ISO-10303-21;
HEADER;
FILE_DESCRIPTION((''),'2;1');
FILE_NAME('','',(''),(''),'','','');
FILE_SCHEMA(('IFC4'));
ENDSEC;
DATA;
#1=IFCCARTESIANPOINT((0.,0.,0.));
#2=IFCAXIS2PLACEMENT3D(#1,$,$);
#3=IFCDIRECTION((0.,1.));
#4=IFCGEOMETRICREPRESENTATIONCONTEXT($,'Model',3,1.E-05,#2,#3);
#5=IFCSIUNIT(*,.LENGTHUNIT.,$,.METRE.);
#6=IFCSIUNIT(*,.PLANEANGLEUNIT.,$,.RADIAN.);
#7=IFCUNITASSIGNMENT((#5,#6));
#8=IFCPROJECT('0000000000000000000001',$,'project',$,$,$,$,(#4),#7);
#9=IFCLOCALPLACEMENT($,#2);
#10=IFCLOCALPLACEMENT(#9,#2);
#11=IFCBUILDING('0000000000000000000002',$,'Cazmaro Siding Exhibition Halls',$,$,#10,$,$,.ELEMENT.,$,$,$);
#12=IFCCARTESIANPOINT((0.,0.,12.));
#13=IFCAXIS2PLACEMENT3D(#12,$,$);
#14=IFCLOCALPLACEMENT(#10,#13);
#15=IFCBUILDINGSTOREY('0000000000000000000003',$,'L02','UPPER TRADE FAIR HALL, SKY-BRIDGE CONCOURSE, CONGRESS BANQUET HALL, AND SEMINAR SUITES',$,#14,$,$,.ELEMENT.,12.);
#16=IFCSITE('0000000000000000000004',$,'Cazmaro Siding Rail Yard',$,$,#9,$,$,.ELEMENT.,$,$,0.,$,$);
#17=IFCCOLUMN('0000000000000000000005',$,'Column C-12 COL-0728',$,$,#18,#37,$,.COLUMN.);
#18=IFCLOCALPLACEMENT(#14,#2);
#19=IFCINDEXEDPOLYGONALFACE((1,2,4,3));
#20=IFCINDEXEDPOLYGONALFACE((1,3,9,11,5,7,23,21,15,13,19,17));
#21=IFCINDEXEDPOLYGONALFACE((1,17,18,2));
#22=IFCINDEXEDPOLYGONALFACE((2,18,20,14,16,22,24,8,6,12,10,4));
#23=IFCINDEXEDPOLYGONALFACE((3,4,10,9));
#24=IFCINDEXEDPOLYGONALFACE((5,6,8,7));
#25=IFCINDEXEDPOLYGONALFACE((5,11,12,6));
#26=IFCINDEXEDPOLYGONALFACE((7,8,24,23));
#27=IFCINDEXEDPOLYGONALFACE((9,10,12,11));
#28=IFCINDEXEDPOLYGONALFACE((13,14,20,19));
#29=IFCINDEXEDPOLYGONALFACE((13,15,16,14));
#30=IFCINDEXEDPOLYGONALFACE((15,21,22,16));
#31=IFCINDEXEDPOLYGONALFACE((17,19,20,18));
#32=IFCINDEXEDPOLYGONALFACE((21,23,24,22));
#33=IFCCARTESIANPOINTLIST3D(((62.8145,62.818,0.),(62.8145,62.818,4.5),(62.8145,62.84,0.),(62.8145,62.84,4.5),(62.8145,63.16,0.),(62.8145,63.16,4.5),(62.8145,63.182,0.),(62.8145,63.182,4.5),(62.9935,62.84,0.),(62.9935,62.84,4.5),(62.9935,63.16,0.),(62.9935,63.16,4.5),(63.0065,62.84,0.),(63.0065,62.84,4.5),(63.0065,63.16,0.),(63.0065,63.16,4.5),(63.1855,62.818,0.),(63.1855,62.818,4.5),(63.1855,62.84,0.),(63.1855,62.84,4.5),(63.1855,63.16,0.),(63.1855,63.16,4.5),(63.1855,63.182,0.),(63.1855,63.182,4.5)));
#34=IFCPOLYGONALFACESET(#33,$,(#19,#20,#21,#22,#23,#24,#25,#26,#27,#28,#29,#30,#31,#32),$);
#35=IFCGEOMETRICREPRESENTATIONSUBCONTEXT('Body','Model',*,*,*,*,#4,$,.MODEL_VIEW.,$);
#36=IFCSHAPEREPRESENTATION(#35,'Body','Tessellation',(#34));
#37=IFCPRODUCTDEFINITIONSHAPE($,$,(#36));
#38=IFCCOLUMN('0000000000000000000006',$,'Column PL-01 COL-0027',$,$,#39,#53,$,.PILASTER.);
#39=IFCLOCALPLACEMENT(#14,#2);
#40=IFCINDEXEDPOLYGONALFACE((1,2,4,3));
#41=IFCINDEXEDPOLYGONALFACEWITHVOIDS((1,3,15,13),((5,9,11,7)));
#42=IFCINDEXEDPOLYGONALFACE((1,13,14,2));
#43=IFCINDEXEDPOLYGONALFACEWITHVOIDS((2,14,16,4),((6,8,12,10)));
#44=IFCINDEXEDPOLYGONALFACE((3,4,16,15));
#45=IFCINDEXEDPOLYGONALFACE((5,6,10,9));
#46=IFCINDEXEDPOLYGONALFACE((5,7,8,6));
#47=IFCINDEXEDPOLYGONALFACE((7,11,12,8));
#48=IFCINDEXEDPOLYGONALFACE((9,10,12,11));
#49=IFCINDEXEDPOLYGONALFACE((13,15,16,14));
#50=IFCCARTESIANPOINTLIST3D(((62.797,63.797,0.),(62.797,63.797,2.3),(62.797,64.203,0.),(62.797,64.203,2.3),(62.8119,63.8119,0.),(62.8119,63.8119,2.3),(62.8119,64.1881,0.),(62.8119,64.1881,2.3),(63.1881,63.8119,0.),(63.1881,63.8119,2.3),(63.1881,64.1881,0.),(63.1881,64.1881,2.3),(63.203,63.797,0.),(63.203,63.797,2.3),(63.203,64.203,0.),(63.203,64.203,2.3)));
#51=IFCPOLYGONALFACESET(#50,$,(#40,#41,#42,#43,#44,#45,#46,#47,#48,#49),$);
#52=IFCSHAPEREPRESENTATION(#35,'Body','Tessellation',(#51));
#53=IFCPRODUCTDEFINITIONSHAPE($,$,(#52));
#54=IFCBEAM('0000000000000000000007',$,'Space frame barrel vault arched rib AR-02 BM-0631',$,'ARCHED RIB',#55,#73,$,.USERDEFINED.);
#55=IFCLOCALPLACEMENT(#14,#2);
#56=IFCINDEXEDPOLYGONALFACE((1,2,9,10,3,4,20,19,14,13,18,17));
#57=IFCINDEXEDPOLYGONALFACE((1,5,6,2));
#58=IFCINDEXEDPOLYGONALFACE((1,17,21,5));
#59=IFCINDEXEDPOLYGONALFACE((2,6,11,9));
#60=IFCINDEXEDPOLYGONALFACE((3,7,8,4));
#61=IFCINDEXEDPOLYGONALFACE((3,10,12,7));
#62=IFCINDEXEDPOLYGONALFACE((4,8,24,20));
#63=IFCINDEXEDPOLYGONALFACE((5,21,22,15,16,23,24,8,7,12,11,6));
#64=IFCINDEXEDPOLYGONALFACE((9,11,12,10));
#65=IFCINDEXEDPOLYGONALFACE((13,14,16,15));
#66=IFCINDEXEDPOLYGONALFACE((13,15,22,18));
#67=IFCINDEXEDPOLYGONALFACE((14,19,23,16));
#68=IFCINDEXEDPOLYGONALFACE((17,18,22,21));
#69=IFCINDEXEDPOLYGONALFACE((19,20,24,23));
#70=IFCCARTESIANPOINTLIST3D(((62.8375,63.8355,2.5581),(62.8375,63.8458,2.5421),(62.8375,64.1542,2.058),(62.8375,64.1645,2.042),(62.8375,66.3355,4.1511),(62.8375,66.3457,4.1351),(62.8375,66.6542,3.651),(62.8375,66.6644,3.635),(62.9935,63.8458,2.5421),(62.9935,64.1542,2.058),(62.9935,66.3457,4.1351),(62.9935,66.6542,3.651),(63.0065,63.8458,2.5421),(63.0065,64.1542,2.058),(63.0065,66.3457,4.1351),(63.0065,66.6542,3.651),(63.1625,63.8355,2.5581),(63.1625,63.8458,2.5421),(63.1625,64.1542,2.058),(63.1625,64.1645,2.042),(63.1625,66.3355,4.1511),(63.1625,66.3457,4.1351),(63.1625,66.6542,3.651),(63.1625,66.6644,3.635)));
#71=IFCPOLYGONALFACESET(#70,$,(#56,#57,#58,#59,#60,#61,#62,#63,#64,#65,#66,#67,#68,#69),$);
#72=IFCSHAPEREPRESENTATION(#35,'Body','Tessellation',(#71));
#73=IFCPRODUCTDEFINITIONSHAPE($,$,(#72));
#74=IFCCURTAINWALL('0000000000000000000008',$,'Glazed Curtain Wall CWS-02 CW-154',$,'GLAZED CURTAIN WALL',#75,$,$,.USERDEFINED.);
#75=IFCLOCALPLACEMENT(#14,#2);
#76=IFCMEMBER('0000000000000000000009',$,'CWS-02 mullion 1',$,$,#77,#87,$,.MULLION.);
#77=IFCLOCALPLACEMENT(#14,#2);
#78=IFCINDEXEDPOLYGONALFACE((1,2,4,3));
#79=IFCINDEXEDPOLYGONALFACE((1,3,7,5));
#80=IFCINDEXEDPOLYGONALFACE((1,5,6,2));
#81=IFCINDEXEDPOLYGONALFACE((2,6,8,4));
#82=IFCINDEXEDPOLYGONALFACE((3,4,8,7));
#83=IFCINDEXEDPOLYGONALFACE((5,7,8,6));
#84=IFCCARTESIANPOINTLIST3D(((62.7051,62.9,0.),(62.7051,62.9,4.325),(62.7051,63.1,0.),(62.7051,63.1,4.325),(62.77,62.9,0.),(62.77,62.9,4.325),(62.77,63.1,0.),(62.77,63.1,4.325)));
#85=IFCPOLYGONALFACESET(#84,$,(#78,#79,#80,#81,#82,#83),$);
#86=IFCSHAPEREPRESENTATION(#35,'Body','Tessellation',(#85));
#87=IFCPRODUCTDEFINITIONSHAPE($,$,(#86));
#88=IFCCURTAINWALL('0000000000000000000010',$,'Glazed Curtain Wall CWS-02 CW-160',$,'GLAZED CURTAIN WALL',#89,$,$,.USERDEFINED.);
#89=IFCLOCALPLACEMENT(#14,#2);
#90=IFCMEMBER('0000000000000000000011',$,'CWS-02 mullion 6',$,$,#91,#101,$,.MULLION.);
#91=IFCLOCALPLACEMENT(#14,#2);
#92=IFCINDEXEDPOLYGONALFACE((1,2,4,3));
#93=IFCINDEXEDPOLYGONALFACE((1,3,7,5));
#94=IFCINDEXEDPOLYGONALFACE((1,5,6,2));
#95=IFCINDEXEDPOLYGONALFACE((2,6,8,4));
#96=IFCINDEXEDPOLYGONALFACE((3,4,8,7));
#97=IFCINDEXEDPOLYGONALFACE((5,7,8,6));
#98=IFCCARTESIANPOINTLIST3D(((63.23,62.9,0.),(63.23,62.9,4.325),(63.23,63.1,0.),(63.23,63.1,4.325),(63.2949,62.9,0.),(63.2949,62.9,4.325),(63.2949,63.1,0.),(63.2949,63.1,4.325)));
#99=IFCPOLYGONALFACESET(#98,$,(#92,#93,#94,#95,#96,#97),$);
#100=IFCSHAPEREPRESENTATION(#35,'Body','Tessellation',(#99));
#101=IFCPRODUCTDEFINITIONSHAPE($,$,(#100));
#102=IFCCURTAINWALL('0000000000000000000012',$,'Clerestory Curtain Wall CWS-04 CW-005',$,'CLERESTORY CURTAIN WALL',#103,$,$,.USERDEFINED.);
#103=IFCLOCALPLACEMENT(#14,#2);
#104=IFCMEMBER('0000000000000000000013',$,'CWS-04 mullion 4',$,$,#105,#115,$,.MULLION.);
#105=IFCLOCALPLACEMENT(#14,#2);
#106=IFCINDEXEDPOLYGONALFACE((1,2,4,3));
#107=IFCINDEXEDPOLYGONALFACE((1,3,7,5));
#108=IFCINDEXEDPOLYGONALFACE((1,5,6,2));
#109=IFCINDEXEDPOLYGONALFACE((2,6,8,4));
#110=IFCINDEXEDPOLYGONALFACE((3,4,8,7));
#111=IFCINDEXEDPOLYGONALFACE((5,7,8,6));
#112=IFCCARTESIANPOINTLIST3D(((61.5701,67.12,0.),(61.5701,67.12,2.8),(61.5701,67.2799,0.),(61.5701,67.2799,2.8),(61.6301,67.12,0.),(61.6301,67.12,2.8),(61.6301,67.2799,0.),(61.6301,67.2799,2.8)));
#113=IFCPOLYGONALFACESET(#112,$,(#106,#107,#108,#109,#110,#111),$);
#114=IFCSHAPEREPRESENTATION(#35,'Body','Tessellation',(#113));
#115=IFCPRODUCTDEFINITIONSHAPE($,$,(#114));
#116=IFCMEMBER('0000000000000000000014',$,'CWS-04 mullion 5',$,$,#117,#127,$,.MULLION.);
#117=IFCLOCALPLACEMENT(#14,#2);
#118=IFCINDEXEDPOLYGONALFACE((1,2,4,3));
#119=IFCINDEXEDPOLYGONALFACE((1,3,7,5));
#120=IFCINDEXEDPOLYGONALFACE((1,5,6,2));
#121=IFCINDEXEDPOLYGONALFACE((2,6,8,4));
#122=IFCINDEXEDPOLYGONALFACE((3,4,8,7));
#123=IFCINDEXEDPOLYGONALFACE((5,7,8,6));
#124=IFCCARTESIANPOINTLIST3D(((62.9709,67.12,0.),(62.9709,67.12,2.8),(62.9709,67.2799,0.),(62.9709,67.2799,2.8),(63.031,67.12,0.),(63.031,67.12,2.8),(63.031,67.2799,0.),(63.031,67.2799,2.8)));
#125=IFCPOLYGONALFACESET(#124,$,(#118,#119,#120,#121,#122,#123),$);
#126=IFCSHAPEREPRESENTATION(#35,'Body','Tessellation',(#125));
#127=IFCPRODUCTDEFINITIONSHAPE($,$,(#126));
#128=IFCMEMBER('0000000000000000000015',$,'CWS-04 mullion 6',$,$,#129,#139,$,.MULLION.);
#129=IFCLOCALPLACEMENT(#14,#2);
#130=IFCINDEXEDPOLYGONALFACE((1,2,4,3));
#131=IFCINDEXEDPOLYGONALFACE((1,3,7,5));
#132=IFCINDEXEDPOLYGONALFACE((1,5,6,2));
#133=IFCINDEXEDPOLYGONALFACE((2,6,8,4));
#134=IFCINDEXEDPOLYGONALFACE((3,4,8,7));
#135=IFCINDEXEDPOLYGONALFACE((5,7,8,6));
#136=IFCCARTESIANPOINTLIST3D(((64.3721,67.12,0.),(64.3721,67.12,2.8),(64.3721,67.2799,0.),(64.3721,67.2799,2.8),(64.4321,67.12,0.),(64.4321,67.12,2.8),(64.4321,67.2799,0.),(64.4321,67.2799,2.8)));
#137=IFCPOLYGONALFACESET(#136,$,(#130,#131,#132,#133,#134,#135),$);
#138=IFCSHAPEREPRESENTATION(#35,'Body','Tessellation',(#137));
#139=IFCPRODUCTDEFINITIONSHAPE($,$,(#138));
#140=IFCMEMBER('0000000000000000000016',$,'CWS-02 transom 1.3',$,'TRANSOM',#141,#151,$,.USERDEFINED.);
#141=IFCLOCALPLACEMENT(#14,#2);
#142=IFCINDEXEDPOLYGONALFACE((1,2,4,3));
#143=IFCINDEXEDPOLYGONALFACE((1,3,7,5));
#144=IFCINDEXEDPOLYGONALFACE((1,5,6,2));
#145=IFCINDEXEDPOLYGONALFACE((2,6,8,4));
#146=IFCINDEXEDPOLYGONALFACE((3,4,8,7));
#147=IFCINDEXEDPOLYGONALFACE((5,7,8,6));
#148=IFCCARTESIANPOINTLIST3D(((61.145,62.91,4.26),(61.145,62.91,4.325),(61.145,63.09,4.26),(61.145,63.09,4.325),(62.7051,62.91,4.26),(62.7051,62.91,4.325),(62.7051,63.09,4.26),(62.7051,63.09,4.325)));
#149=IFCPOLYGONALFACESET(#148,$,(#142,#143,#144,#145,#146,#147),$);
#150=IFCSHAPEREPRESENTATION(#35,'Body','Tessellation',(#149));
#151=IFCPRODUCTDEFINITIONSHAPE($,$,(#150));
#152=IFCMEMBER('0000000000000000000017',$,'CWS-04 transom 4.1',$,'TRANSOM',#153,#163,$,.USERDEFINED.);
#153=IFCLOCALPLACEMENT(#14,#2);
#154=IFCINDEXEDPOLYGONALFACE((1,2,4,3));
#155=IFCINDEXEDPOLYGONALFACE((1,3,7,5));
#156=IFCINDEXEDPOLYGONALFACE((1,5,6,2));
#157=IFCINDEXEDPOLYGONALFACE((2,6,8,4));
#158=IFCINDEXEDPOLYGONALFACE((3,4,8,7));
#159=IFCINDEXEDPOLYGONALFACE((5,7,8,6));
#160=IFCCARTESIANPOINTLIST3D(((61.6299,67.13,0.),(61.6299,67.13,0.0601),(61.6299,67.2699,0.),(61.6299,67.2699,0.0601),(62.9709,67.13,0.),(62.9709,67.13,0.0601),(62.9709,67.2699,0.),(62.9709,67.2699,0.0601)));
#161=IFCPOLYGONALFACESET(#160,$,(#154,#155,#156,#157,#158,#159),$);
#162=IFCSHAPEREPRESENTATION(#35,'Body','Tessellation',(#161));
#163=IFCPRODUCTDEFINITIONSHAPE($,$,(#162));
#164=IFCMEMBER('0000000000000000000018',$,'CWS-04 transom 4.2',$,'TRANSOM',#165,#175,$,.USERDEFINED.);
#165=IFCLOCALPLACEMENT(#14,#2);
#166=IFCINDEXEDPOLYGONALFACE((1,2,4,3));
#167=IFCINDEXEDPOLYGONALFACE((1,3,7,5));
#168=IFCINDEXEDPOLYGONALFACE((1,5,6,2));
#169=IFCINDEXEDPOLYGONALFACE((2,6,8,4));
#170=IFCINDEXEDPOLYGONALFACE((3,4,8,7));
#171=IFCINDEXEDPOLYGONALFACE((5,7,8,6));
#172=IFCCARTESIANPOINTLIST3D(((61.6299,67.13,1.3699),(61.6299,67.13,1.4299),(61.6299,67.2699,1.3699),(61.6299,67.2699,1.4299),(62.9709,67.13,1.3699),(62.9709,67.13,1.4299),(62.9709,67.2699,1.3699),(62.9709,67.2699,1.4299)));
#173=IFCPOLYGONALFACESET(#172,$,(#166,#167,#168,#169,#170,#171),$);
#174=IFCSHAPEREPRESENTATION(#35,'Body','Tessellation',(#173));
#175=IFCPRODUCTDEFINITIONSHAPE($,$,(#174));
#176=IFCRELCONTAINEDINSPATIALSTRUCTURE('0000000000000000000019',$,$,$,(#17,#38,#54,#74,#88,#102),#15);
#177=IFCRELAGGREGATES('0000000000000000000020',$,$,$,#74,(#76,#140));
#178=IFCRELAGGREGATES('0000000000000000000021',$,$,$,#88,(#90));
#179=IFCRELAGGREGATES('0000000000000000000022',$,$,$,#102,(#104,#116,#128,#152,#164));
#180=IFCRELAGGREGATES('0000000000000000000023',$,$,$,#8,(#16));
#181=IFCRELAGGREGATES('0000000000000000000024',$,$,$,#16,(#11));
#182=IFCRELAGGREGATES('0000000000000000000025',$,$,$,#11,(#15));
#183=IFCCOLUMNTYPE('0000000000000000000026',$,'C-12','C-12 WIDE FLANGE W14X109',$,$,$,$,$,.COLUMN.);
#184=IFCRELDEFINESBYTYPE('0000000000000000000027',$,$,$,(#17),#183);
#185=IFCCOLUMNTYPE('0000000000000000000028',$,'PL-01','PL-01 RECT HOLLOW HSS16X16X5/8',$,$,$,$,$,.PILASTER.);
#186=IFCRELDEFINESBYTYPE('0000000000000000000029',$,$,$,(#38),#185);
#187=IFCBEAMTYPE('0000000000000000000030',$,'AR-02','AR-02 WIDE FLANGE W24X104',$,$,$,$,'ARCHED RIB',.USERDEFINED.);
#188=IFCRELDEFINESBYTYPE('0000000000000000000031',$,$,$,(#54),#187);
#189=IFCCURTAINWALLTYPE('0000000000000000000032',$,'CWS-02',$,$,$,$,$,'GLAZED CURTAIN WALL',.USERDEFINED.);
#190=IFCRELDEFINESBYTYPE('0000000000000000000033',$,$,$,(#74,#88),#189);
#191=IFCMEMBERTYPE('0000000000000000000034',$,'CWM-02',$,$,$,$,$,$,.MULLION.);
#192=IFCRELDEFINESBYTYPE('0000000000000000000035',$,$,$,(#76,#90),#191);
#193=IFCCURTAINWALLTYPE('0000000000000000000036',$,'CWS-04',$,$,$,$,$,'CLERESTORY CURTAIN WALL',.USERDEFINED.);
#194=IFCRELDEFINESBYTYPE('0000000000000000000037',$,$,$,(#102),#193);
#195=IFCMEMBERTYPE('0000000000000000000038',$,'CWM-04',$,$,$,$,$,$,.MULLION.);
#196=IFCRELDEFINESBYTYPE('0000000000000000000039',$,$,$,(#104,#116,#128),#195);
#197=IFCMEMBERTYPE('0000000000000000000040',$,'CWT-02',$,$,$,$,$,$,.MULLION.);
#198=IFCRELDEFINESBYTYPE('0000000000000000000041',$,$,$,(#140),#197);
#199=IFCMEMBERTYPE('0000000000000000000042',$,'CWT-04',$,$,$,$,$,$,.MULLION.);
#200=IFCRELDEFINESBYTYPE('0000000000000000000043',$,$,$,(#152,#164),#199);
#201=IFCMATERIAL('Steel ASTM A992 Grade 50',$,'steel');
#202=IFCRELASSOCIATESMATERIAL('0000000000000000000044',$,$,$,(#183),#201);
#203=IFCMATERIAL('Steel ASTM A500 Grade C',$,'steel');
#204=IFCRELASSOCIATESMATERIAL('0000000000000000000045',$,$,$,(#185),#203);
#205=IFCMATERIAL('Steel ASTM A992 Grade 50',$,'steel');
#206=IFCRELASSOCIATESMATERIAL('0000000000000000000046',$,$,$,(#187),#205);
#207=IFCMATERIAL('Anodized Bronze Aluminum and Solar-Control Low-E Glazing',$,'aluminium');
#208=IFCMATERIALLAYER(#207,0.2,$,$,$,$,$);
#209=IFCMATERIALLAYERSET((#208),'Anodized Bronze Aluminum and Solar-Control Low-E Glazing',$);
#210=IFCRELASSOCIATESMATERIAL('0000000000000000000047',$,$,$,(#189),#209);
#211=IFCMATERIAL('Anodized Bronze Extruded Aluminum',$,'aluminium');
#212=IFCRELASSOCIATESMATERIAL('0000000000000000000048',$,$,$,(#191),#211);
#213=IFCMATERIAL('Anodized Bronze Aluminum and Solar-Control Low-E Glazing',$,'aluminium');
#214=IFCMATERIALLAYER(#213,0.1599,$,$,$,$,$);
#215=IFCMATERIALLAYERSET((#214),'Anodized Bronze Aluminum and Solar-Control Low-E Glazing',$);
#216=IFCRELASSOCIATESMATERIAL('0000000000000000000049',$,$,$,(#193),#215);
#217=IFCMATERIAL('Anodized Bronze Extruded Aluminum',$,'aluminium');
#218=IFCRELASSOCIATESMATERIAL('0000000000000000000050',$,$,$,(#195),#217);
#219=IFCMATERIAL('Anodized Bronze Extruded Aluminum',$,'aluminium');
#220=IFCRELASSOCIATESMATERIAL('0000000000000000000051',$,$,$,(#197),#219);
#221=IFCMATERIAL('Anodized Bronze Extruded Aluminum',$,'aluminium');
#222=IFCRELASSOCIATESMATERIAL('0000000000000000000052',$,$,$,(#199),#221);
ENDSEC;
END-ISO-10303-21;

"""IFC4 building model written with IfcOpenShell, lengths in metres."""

from ifc_helpers import new_model, si_unit, direction, frame, origin, origin_2d, place, context, subcontext, project, spatial, rectangle, hollow_rectangle, i_section, extrude, material, layer, layer_set, material_profile, profile_set, type_object, element, aggregate, save


model = new_model("IFC4")

# Units and contexts
model_context = context("Model", 3, precision=1e-05, world=origin(), true_north=direction((0.0, 1.0)))
body_context = subcontext(model_context, "Body", "Model", "MODEL_VIEW")
ifc_project = project(units=[si_unit("LENGTHUNIT", "METRE"), si_unit("PLANEANGLEUNIT", "RADIAN")], contexts=[model_context])

# Site, building, storey
site_placement = place(None, origin())
site = spatial("IfcSite", under=ifc_project, at=site_placement, Name="Cazmaro Siding Rail Yard", CompositionType="ELEMENT", RefElevation=0.0)
building_placement = place(site_placement, origin())
building = spatial("IfcBuilding", under=site, at=building_placement, Name="Cazmaro Siding Exhibition Halls", CompositionType="ELEMENT")
storey_placement = place(building_placement, frame((0.0, 0.0, 12.0)))
storey = spatial("IfcBuildingStorey", under=building, at=storey_placement, Name="L02", Description="UPPER TRADE FAIR HALL, SKY-BRIDGE CONCOURSE, CONGRESS BANQUET HALL, AND SEMINAR SUITES", CompositionType="ELEMENT", Elevation=12.0)

# Columns
ifc_material_1 = material(Name="Steel ASTM A992 Grade 50", Category="steel")
ifc_material_profile_1 = material_profile(ifc_material_1, i_section(OverallWidth=0.3711, OverallDepth=0.364, WebThickness=0.0129, FlangeThickness=0.022, at=origin_2d()), Name="W14X109")
ifc_profile_set_1 = profile_set([ifc_material_profile_1], Name="Steel ASTM A992 Grade 50")
column_type_1 = type_object("IfcColumnType", Name="C-12", Description="C-12 WIDE FLANGE W14X109", PredefinedType="COLUMN", material=ifc_profile_set_1)
column_1_placement = place(storey_placement, frame((63.0, 63.0, 0.0), z_axis=(0.0, 0.0, 1.0), x_axis=(1.0, 0.0, 0.0)))
element("IfcColumn", 1, at=column_1_placement, inside=storey, type_object=column_type_1, Name="Column C-12 COL-0728", PredefinedType="COLUMN", context=body_context, shape_type="SweptSolid", body=[
    extrude(i_section(OverallWidth=0.3711, OverallDepth=0.364, WebThickness=0.0129, FlangeThickness=0.022, at=origin_2d()), origin(), (0.0, 0.0, 1.0), 4.5),
])
ifc_material_2 = material(Name="Steel ASTM A500 Grade C", Category="steel")
ifc_material_profile_2 = material_profile(ifc_material_2, hollow_rectangle(XDim=0.406, YDim=0.406, WallThickness=0.0149, at=origin_2d()), Name="HSS16X16X5/8")
ifc_profile_set_2 = profile_set([ifc_material_profile_2], Name="Steel ASTM A500 Grade C")
column_type_2 = type_object("IfcColumnType", Name="PL-01", Description="PL-01 RECT HOLLOW HSS16X16X5/8", PredefinedType="PILASTER", material=ifc_profile_set_2)
column_2_placement = place(storey_placement, frame((63.0, 64.0, 0.0), z_axis=(0.0, 0.0, 1.0), x_axis=(1.0, 0.0, 0.0)))
element("IfcColumn", 2, at=column_2_placement, inside=storey, type_object=column_type_2, Name="Column PL-01 COL-0027", PredefinedType="PILASTER", context=body_context, shape_type="SweptSolid", body=[
    extrude(hollow_rectangle(XDim=0.406, YDim=0.406, WallThickness=0.0149, at=origin_2d()), origin(), (0.0, 0.0, 1.0), 2.3),
])

# Beam
ifc_material_3 = material(Name="Steel ASTM A992 Grade 50", Category="steel")
ifc_material_profile_3 = material_profile(ifc_material_3, i_section(OverallWidth=0.325, OverallDepth=0.6121, WebThickness=0.0129, FlangeThickness=0.019, at=origin_2d()), Name="W24X104")
ifc_profile_set_3 = profile_set([ifc_material_profile_3], Name="Steel ASTM A992 Grade 50")
beam_type_1 = type_object("IfcBeamType", Name="AR-02", Description="AR-02 WIDE FLANGE W24X104", ElementType="ARCHED RIB", PredefinedType="USERDEFINED", material=ifc_profile_set_3)
beam_1_placement = place(storey_placement, frame((63.0, 64.0, 2.3), z_axis=(0.0, 0.843339, 0.537382), x_axis=(-1.0, 0.0, 0.0)))
element("IfcBeam", 3, at=beam_1_placement, inside=storey, type_object=beam_type_1, Name="Space frame barrel vault arched rib AR-02 BM-0631", ObjectType="ARCHED RIB", PredefinedType="USERDEFINED", context=body_context, shape_type="SweptSolid", body=[
    extrude(i_section(OverallWidth=0.325, OverallDepth=0.6121, WebThickness=0.0129, FlangeThickness=0.019, at=origin_2d()), origin(), (0.0, 0.0, 1.0), 2.9644),
])

# Curtain walls, members
ifc_material_4 = material(Name="Anodized Bronze Aluminum and Solar-Control Low-E Glazing", Category="aluminium")
ifc_layer_1 = layer(ifc_material_4, 0.2)
ifc_layer_set_1 = layer_set([ifc_layer_1], Name="Anodized Bronze Aluminum and Solar-Control Low-E Glazing")
curtain_wall_type_1 = type_object("IfcCurtainWallType", Name="CWS-02", ElementType="GLAZED CURTAIN WALL", PredefinedType="USERDEFINED", material=ifc_layer_set_1)
curtain_wall_1_placement = place(storey_placement, origin())
curtain_wall_1 = element("IfcCurtainWall", 4, at=curtain_wall_1_placement, inside=storey, type_object=curtain_wall_type_1, Name="Glazed Curtain Wall CWS-02 CW-154", ObjectType="GLAZED CURTAIN WALL", PredefinedType="USERDEFINED")
ifc_material_5 = material(Name="Anodized Bronze Extruded Aluminum", Category="aluminium")
ifc_material_profile_4 = material_profile(ifc_material_5, rectangle(XDim=0.2, YDim=0.0649, at=origin_2d()), Name="CWM-02")
ifc_profile_set_4 = profile_set([ifc_material_profile_4], Name="Anodized Bronze Extruded Aluminum")
member_type_1 = type_object("IfcMemberType", Name="CWM-02", PredefinedType="MULLION", material=ifc_profile_set_4)
member_1_placement = place(storey_placement, frame((62.7375, 63.0, 0.0), z_axis=(0.0, 0.0, 1.0), x_axis=(0.0, -1.0, 0.0)))
member_1 = element("IfcMember", 5, at=member_1_placement, type_object=member_type_1, Name="CWS-02 mullion 1", PredefinedType="MULLION", context=body_context, shape_type="SweptSolid", body=[
    extrude(rectangle(XDim=0.2, YDim=0.0649, at=origin_2d()), origin(), (0.0, 0.0, 1.0), 4.325),
])
curtain_wall_2_placement = place(storey_placement, origin())
curtain_wall_2 = element("IfcCurtainWall", 6, at=curtain_wall_2_placement, inside=storey, type_object=curtain_wall_type_1, Name="Glazed Curtain Wall CWS-02 CW-160", ObjectType="GLAZED CURTAIN WALL", PredefinedType="USERDEFINED")
member_2_placement = place(storey_placement, frame((63.2625, 63.0, 0.0), z_axis=(0.0, 0.0, 1.0), x_axis=(0.0, -1.0, 0.0)))
member_2 = element("IfcMember", 7, at=member_2_placement, type_object=member_type_1, Name="CWS-02 mullion 6", PredefinedType="MULLION", context=body_context, shape_type="SweptSolid", body=[
    extrude(rectangle(XDim=0.2, YDim=0.0649, at=origin_2d()), origin(), (0.0, 0.0, 1.0), 4.325),
])

# Curtain wall, members
ifc_material_6 = material(Name="Anodized Bronze Aluminum and Solar-Control Low-E Glazing", Category="aluminium")
ifc_layer_2 = layer(ifc_material_6, 0.1599)
ifc_layer_set_2 = layer_set([ifc_layer_2], Name="Anodized Bronze Aluminum and Solar-Control Low-E Glazing")
curtain_wall_type_2 = type_object("IfcCurtainWallType", Name="CWS-04", ElementType="CLERESTORY CURTAIN WALL", PredefinedType="USERDEFINED", material=ifc_layer_set_2)
curtain_wall_3_placement = place(storey_placement, origin())
curtain_wall_3 = element("IfcCurtainWall", 8, at=curtain_wall_3_placement, inside=storey, type_object=curtain_wall_type_2, Name="Clerestory Curtain Wall CWS-04 CW-005", ObjectType="CLERESTORY CURTAIN WALL", PredefinedType="USERDEFINED")
ifc_material_7 = material(Name="Anodized Bronze Extruded Aluminum", Category="aluminium")
ifc_material_profile_5 = material_profile(ifc_material_7, rectangle(XDim=0.1599, YDim=0.0601, at=origin_2d()), Name="CWM-04")
ifc_profile_set_5 = profile_set([ifc_material_profile_5], Name="Anodized Bronze Extruded Aluminum")
member_type_2 = type_object("IfcMemberType", Name="CWM-04", PredefinedType="MULLION", material=ifc_profile_set_5)
member_3_placement = place(storey_placement, frame((61.6001, 67.2, 0.0), z_axis=(0.0, 0.0, 1.0), x_axis=(0.0, 1.0, 0.0)))
member_3 = element("IfcMember", 9, at=member_3_placement, type_object=member_type_2, Name="CWS-04 mullion 4", PredefinedType="MULLION", context=body_context, shape_type="SweptSolid", body=[
    extrude(rectangle(XDim=0.1599, YDim=0.0601, at=origin_2d()), origin(), (0.0, 0.0, 1.0), 2.8),
])
member_4_placement = place(storey_placement, frame((63.001, 67.2, 0.0), z_axis=(0.0, 0.0, 1.0), x_axis=(0.0, 1.0, 0.0)))
member_4 = element("IfcMember", 10, at=member_4_placement, type_object=member_type_2, Name="CWS-04 mullion 5", PredefinedType="MULLION", context=body_context, shape_type="SweptSolid", body=[
    extrude(rectangle(XDim=0.1599, YDim=0.0601, at=origin_2d()), origin(), (0.0, 0.0, 1.0), 2.8),
])
member_5_placement = place(storey_placement, frame((64.4021, 67.2, 0.0), z_axis=(0.0, 0.0, 1.0), x_axis=(0.0, 1.0, 0.0)))
member_5 = element("IfcMember", 11, at=member_5_placement, type_object=member_type_2, Name="CWS-04 mullion 6", PredefinedType="MULLION", context=body_context, shape_type="SweptSolid", body=[
    extrude(rectangle(XDim=0.1599, YDim=0.0601, at=origin_2d()), origin(), (0.0, 0.0, 1.0), 2.8),
])

# Members
ifc_material_8 = material(Name="Anodized Bronze Extruded Aluminum", Category="aluminium")
ifc_material_profile_6 = material_profile(ifc_material_8, rectangle(XDim=0.1799, YDim=0.0649, at=origin_2d()), Name="CWT-02")
ifc_profile_set_6 = profile_set([ifc_material_profile_6], Name="Anodized Bronze Extruded Aluminum")
member_type_3 = type_object("IfcMemberType", Name="CWT-02", PredefinedType="MULLION", material=ifc_profile_set_6)
member_6_placement = place(storey_placement, frame((62.7051, 63.0, 4.2925), z_axis=(-1.0, 0.0, 0.0), x_axis=(0.0, -1.0, 0.0)))
member_6 = element("IfcMember", 12, at=member_6_placement, type_object=member_type_3, Name="CWS-02 transom 1.3", ObjectType="TRANSOM", PredefinedType="USERDEFINED", context=body_context, shape_type="SweptSolid", body=[
    extrude(rectangle(XDim=0.1799, YDim=0.0649, at=origin_2d()), origin(), (0.0, 0.0, 1.0), 1.5601),
])
aggregate(curtain_wall_1, [member_1, member_6])
ifc_material_9 = material(Name="Anodized Bronze Extruded Aluminum", Category="aluminium")
ifc_material_profile_7 = material_profile(ifc_material_9, rectangle(XDim=0.1399, YDim=0.0601, at=origin_2d()), Name="CWT-04")
ifc_profile_set_7 = profile_set([ifc_material_profile_7], Name="Anodized Bronze Extruded Aluminum")
member_type_4 = type_object("IfcMemberType", Name="CWT-04", PredefinedType="MULLION", material=ifc_profile_set_7)
member_7_placement = place(storey_placement, frame((61.6299, 67.2, 0.03), z_axis=(1.0, 0.0, 0.0), x_axis=(0.0, 1.0, 0.0)))
member_7 = element("IfcMember", 13, at=member_7_placement, type_object=member_type_4, Name="CWS-04 transom 4.1", ObjectType="TRANSOM", PredefinedType="USERDEFINED", context=body_context, shape_type="SweptSolid", body=[
    extrude(rectangle(XDim=0.1399, YDim=0.0601, at=origin_2d()), origin(), (0.0, 0.0, 1.0), 1.3411),
])
member_8_placement = place(storey_placement, frame((61.6299, 67.2, 1.3999), z_axis=(1.0, 0.0, 0.0), x_axis=(0.0, 1.0, 0.0)))
member_8 = element("IfcMember", 14, at=member_8_placement, type_object=member_type_4, Name="CWS-04 transom 4.2", ObjectType="TRANSOM", PredefinedType="USERDEFINED", context=body_context, shape_type="SweptSolid", body=[
    extrude(rectangle(XDim=0.1399, YDim=0.0601, at=origin_2d()), origin(), (0.0, 0.0, 1.0), 1.3411),
])

aggregate(curtain_wall_2, [member_2])
aggregate(curtain_wall_3, [member_3, member_4, member_5, member_7, member_8])

save(model, "model.ifc")
